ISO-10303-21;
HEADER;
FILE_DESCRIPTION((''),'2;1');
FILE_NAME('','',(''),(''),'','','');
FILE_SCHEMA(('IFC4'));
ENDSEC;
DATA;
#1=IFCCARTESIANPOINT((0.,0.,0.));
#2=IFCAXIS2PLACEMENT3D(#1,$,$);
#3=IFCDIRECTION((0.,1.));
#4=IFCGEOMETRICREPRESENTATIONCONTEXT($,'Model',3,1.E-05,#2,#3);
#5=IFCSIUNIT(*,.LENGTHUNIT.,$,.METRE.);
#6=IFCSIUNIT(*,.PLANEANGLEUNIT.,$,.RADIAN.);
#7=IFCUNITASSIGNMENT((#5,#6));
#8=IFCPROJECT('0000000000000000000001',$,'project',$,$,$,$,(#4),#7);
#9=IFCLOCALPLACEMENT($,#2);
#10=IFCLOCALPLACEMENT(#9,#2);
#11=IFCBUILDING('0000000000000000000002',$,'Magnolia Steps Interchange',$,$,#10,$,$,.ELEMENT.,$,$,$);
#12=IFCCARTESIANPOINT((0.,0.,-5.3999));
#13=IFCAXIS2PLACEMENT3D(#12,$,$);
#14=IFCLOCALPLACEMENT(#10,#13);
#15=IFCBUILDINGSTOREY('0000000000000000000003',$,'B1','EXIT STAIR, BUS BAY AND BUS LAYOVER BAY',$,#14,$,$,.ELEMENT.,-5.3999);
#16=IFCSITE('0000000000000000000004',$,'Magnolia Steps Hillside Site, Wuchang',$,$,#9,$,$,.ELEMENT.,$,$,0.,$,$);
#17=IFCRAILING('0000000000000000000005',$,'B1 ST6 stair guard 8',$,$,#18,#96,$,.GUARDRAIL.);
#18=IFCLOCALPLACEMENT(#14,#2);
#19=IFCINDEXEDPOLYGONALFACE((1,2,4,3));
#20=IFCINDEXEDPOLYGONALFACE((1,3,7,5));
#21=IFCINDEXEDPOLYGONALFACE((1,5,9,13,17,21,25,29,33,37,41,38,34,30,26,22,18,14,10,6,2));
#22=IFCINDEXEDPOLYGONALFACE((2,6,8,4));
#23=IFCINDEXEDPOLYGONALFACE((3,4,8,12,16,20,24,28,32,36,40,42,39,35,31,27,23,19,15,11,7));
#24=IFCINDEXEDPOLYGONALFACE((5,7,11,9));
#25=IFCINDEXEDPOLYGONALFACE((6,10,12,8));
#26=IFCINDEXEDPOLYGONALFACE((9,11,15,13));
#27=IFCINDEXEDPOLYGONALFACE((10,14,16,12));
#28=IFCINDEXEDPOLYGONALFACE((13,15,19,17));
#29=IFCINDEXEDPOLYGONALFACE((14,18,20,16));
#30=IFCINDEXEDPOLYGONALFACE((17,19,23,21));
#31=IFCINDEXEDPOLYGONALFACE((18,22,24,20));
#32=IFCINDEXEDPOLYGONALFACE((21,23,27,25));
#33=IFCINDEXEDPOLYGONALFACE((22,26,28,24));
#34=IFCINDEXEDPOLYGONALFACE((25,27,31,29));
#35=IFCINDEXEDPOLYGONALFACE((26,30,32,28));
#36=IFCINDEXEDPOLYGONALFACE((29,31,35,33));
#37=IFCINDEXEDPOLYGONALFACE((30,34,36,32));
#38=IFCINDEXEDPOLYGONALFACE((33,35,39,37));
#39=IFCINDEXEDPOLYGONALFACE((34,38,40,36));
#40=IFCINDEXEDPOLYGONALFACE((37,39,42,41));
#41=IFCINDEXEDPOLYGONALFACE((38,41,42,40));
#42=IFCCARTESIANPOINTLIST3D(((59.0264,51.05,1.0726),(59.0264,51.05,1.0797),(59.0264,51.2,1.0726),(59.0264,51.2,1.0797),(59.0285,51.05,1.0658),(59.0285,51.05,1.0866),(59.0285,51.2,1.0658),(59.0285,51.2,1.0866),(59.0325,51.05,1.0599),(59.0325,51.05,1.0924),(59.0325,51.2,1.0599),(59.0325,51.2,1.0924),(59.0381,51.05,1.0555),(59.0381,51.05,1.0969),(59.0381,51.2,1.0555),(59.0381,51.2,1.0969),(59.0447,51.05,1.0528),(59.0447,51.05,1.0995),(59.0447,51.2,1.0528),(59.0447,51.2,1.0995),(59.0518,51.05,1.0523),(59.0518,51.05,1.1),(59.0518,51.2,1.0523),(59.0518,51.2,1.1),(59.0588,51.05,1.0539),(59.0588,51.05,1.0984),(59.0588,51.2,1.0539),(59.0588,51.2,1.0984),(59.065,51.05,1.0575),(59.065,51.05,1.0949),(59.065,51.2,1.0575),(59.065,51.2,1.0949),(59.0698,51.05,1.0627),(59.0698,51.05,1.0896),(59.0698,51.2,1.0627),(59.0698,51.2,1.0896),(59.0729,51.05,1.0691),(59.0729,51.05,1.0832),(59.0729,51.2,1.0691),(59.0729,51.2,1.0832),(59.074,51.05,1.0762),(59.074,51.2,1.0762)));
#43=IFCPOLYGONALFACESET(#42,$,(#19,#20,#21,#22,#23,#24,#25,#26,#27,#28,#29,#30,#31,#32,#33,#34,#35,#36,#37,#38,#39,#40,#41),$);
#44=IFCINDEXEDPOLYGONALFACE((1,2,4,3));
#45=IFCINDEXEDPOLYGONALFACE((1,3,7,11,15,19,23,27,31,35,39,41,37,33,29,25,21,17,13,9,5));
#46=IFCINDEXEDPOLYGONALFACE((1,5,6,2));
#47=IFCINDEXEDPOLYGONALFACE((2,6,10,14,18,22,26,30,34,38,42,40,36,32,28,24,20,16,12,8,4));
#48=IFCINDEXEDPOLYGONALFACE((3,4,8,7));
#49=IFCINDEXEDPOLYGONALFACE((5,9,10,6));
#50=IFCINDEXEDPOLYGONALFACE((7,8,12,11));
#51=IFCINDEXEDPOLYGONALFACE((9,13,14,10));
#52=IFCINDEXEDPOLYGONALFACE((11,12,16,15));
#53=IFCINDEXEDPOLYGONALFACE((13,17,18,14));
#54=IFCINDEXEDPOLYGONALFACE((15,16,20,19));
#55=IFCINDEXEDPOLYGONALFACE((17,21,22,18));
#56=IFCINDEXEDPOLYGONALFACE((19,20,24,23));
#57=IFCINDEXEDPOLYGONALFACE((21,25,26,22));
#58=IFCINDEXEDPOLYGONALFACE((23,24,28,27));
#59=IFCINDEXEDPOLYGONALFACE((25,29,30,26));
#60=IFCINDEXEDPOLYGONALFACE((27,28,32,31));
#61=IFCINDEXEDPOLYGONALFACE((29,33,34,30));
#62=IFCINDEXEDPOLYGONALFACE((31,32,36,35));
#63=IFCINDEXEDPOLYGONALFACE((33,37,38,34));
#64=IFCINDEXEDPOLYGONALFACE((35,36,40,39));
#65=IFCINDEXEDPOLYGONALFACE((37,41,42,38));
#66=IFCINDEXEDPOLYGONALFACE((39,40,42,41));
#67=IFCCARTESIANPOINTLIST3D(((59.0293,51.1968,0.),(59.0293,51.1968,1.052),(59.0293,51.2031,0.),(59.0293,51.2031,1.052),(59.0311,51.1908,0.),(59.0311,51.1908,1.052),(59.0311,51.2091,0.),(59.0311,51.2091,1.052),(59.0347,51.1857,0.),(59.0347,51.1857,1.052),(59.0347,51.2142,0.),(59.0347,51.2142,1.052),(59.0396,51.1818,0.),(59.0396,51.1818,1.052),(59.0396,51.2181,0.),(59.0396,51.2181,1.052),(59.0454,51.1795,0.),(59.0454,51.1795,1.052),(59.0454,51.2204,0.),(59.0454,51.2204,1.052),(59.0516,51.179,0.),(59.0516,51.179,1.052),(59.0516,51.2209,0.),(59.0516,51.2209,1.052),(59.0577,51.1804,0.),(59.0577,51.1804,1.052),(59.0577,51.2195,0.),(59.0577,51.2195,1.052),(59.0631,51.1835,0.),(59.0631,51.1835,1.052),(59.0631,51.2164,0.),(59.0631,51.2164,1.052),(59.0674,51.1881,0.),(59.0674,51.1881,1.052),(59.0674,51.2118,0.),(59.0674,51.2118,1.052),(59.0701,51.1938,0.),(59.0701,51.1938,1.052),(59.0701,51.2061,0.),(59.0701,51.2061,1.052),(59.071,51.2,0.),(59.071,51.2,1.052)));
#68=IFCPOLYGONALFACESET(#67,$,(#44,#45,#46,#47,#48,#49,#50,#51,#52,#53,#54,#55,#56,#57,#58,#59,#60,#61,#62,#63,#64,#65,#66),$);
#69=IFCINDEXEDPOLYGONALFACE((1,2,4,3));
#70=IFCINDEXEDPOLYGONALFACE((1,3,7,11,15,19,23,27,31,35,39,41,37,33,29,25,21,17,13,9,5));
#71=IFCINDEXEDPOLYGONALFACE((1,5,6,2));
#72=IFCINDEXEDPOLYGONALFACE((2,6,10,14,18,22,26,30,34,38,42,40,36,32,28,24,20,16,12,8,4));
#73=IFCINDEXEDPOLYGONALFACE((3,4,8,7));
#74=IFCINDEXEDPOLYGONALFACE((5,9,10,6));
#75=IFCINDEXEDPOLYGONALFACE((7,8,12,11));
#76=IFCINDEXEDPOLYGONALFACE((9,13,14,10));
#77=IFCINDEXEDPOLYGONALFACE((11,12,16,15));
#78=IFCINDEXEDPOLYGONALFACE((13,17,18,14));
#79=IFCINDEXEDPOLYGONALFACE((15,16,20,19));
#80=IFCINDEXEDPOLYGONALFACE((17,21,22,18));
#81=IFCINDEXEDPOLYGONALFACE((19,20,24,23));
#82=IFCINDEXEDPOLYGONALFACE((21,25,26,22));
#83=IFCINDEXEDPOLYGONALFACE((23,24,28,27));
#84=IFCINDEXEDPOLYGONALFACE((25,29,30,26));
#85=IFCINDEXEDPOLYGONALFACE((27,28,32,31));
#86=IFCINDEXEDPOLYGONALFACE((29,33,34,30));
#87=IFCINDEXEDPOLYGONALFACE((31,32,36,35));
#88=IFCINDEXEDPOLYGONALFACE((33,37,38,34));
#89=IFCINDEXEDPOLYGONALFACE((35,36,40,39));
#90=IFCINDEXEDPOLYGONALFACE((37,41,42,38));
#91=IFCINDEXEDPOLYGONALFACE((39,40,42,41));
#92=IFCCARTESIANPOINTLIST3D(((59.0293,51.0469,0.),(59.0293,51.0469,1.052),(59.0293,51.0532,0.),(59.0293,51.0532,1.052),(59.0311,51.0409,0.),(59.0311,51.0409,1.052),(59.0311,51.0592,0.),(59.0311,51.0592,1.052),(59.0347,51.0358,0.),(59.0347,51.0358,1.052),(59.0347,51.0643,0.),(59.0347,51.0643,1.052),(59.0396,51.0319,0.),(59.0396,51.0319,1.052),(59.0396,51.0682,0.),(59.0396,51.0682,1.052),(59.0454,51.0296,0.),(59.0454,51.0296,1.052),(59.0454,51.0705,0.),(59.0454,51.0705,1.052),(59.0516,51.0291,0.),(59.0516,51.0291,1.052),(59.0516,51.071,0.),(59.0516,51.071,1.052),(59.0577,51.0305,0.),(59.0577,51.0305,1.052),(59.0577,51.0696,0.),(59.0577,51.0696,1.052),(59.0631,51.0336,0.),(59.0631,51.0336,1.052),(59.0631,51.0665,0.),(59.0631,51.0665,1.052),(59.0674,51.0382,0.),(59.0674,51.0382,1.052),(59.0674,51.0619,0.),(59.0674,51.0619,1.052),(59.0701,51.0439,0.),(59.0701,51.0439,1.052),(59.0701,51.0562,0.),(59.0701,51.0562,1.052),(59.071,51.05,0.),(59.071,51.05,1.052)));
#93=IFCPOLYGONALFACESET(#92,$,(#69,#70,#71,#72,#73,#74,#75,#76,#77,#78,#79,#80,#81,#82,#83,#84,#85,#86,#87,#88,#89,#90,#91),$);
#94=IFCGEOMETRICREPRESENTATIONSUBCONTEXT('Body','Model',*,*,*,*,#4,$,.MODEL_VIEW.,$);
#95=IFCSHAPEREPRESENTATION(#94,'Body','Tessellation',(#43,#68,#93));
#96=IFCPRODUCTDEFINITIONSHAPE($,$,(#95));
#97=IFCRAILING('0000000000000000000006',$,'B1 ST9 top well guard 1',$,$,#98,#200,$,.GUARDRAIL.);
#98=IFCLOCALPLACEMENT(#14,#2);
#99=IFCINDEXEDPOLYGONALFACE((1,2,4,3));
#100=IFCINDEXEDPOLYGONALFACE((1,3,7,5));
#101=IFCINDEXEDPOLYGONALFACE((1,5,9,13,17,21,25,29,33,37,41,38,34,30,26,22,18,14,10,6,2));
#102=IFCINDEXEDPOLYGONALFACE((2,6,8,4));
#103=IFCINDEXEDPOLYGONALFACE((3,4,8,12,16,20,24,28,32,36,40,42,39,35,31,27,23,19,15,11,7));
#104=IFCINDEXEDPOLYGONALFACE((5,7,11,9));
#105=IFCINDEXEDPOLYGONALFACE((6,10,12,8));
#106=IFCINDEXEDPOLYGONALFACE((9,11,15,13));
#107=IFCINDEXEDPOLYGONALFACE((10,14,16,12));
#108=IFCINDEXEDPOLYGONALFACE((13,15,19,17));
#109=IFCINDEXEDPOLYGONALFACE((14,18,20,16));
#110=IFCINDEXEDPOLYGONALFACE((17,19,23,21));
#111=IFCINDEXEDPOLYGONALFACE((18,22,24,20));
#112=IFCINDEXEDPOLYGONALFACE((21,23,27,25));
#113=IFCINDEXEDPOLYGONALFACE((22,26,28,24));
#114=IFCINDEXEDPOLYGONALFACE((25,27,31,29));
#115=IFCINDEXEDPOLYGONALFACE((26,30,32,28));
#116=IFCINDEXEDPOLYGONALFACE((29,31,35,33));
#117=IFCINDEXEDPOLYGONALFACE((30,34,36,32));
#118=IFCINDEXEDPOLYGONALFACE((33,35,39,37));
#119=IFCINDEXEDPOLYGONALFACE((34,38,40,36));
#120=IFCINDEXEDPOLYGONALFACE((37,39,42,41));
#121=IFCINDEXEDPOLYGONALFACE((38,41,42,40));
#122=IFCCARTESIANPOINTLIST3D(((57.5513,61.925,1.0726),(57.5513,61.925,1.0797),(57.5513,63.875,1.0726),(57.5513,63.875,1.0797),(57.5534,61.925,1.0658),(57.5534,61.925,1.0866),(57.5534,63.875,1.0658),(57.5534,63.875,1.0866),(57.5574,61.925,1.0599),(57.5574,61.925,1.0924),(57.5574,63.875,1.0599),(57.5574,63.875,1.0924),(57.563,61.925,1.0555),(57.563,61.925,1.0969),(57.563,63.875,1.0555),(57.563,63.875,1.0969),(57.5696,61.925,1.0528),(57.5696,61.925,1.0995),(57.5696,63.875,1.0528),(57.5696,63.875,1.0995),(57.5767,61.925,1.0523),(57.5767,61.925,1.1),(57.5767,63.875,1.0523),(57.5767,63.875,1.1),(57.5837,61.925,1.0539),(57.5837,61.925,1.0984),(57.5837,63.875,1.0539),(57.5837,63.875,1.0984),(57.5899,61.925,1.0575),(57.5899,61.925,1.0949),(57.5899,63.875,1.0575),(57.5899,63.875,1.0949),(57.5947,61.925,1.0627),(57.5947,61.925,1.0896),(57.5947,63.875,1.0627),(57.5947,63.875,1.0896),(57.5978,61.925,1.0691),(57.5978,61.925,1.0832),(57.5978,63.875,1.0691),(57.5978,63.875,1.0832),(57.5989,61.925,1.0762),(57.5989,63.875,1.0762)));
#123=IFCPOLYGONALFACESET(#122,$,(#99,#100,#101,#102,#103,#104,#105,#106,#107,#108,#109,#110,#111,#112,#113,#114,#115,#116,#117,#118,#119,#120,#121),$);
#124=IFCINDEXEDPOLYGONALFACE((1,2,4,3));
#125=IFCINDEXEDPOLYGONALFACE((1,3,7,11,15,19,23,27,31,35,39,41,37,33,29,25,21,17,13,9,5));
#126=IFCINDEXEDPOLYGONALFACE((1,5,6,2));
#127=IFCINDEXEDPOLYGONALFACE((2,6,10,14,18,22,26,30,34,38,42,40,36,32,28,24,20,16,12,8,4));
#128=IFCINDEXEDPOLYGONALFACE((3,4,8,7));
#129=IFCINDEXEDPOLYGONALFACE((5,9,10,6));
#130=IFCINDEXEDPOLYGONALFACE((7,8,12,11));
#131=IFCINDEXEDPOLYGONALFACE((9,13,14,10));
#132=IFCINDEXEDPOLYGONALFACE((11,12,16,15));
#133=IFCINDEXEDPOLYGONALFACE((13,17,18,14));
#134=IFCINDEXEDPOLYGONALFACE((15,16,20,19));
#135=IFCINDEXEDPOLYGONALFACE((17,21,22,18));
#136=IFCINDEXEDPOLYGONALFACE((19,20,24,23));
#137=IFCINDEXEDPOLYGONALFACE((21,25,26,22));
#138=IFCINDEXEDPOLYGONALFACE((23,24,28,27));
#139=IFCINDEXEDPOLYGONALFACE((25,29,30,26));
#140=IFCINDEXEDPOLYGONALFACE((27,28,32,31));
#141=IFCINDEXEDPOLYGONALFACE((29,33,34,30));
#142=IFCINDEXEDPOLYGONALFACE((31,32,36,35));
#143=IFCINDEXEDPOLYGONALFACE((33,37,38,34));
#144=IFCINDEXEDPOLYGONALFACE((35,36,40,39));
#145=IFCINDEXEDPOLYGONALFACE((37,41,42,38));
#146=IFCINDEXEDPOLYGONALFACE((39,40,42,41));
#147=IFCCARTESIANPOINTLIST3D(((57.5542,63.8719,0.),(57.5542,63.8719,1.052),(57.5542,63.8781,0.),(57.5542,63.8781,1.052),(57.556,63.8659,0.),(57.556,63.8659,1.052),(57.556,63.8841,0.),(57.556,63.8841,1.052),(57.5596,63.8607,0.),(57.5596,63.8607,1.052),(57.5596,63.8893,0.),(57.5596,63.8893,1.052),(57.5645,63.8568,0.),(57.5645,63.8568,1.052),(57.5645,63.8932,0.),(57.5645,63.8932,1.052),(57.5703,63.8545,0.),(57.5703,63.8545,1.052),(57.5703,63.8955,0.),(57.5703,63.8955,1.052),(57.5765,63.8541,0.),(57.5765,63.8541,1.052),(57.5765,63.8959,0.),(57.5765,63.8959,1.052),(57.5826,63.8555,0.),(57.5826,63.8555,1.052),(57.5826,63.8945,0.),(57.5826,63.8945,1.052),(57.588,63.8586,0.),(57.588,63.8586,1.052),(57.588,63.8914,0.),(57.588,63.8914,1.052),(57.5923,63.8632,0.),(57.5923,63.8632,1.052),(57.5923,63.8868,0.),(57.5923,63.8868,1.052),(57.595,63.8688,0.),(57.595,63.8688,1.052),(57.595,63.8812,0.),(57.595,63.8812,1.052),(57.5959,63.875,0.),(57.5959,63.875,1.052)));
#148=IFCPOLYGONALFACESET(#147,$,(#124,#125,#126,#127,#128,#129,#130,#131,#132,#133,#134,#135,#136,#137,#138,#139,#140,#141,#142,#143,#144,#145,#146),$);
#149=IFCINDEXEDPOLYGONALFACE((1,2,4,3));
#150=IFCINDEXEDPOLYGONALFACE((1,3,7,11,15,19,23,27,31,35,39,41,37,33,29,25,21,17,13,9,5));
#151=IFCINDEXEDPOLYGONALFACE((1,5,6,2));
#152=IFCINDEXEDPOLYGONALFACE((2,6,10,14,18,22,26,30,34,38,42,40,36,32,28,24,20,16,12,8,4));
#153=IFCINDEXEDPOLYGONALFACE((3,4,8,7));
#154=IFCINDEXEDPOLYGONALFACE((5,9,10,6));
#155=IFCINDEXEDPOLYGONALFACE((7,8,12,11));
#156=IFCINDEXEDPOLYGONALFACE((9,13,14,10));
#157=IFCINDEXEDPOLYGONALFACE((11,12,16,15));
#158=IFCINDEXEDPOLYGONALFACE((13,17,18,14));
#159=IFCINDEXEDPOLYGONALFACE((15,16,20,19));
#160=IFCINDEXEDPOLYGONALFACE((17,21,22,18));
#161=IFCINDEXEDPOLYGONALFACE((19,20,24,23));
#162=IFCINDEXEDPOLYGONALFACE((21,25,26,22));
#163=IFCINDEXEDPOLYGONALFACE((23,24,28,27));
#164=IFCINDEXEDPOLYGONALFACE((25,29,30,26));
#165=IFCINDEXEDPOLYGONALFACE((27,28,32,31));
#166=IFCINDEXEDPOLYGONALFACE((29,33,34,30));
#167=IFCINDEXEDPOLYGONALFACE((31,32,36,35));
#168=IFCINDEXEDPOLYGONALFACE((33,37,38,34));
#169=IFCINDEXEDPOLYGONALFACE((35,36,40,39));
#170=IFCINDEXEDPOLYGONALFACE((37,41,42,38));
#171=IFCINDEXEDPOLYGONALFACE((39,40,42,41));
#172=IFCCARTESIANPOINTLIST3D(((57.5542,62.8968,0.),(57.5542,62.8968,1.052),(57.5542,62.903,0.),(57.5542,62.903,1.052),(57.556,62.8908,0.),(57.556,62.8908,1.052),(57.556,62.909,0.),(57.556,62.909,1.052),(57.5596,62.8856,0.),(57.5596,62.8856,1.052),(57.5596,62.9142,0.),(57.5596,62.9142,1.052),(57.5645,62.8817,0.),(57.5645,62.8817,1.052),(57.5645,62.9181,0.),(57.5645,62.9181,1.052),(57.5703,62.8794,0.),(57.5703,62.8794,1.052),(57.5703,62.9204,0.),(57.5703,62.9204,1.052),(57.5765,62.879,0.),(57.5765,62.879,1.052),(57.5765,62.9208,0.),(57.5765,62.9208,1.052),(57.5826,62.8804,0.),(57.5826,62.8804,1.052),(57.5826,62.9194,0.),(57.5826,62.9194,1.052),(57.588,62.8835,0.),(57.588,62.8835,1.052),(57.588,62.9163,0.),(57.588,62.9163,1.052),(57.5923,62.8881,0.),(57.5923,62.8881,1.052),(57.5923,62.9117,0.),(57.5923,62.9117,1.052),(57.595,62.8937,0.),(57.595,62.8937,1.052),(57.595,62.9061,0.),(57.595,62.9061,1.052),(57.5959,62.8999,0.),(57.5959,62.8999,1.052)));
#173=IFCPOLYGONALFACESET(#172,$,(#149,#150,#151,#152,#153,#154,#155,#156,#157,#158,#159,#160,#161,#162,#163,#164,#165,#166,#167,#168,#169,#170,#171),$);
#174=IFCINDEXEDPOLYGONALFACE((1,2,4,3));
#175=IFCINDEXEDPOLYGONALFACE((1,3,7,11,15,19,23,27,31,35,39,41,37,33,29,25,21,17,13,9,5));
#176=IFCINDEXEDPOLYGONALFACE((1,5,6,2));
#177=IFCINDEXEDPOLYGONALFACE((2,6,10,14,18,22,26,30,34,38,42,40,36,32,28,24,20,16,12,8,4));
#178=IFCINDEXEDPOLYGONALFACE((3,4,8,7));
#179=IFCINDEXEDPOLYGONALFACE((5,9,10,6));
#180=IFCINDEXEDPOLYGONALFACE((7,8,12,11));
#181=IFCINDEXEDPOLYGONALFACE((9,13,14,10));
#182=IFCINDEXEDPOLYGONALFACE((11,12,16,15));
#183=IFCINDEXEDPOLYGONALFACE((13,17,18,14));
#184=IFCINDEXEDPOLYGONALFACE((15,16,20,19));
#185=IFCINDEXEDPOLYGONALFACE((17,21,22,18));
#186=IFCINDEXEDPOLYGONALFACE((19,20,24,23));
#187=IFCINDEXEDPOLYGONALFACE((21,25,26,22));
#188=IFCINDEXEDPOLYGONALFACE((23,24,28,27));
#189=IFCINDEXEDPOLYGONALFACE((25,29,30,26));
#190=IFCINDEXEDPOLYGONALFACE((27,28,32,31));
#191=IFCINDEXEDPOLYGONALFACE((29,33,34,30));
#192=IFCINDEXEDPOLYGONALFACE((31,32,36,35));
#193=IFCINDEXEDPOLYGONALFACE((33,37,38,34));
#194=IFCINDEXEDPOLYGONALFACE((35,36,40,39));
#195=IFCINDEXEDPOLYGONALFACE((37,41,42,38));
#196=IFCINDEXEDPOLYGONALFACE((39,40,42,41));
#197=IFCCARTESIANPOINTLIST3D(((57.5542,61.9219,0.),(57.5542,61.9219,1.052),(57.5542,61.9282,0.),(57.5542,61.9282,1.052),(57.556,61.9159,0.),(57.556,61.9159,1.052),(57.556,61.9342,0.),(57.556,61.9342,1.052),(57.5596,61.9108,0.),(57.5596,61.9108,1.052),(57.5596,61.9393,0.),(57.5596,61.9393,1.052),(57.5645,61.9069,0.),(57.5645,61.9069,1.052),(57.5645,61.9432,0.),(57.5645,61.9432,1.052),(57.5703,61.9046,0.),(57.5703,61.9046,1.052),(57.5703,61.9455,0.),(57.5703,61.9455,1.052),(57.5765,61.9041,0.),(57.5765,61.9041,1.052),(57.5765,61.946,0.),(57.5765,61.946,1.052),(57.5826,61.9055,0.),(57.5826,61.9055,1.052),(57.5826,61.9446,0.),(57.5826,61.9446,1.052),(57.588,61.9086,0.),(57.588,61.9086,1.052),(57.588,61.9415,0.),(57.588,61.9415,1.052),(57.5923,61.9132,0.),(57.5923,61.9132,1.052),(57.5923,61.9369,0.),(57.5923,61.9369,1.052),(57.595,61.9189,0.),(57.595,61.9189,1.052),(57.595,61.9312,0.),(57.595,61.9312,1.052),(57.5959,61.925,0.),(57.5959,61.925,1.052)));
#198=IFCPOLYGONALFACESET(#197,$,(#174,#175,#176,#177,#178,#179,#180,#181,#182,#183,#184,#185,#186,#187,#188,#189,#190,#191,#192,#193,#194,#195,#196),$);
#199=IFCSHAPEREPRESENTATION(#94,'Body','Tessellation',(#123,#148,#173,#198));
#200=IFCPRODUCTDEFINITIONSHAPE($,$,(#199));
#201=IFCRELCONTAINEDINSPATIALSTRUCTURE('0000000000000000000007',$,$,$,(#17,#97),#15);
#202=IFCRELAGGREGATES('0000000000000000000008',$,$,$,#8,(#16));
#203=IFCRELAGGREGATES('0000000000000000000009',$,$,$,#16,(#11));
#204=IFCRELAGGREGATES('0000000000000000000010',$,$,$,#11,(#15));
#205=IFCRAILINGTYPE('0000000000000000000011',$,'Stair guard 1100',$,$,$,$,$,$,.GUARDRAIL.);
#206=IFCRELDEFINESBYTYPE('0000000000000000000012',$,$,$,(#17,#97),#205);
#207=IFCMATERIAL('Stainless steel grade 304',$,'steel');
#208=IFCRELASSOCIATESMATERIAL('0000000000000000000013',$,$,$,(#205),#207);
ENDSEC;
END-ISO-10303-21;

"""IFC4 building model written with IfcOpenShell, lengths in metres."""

from ifc_helpers import new_model, si_unit, direction, frame, origin, origin_2d, place, context, subcontext, project, spatial, circle, extrude, material, type_object, element, save


model = new_model("IFC4")

# Units and contexts
model_context = context("Model", 3, precision=1e-05, world=origin(), true_north=direction((0.0, 1.0)))
body_context = subcontext(model_context, "Body", "Model", "MODEL_VIEW")
ifc_project = project(units=[si_unit("LENGTHUNIT", "METRE"), si_unit("PLANEANGLEUNIT", "RADIAN")], contexts=[model_context])

# Site, building, storey
site_placement = place(None, origin())
site = spatial("IfcSite", under=ifc_project, at=site_placement, Name="Magnolia Steps Hillside Site, Wuchang", CompositionType="ELEMENT", RefElevation=0.0)
building_placement = place(site_placement, origin())
building = spatial("IfcBuilding", under=site, at=building_placement, Name="Magnolia Steps Interchange", CompositionType="ELEMENT")
storey_placement = place(building_placement, frame((0.0, 0.0, -5.3999)))
storey = spatial("IfcBuildingStorey", under=building, at=storey_placement, Name="B1", Description="EXIT STAIR, BUS BAY AND BUS LAYOVER BAY", CompositionType="ELEMENT", Elevation=-5.3999)

# Railings
ifc_material_1 = material(Name="Stainless steel grade 304", Category="steel")
railing_type_1 = type_object("IfcRailingType", Name="Stair guard 1100", PredefinedType="GUARDRAIL", material=ifc_material_1)
for number, where, name in (
    (1, (59.05, 51.2, 0.0), "B1 ST6 stair guard 8"),
):
    element("IfcRailing", number, at=place(storey_placement, frame(where)), inside=storey, type_object=railing_type_1, Name=name, PredefinedType="GUARDRAIL", context=body_context, shape_type="SweptSolid", body=[
        extrude(circle(Radius=0.0239, at=origin_2d()), frame((0.0, 0.0, 1.0762), z_axis=(0.0, -1.0, 0.0), x_axis=(1.0, 0.0, 0.0)), (0.0, 0.0, 1.0), 0.1499),
        extrude(circle(Radius=0.021, at=origin_2d()), origin(), (0.0, 0.0, 1.0), 1.052),
        extrude(circle(Radius=0.021, at=origin_2d()), frame((0.0, -0.1499, 0.0)), (0.0, 0.0, 1.0), 1.052),
    ])
railing_1_placement = place(storey_placement, frame((57.575, 63.875, 0.0)))
element("IfcRailing", 2, at=railing_1_placement, inside=storey, type_object=railing_type_1, Name="B1 ST9 top well guard 1", PredefinedType="GUARDRAIL", context=body_context, shape_type="SweptSolid", body=[
    extrude(circle(Radius=0.0239, at=origin_2d()), frame((0.0, 0.0, 1.0762), z_axis=(0.0, -1.0, 0.0), x_axis=(1.0, 0.0, 0.0)), (0.0, 0.0, 1.0), 1.95),
    extrude(circle(Radius=0.021, at=origin_2d()), origin(), (0.0, 0.0, 1.0), 1.052),
    extrude(circle(Radius=0.021, at=origin_2d()), frame((0.0, -0.9751, 0.0)), (0.0, 0.0, 1.0), 1.052),
    extrude(circle(Radius=0.021, at=origin_2d()), frame((0.0, -1.95, 0.0)), (0.0, 0.0, 1.0), 1.052),
])

save(model, "model.ifc")
